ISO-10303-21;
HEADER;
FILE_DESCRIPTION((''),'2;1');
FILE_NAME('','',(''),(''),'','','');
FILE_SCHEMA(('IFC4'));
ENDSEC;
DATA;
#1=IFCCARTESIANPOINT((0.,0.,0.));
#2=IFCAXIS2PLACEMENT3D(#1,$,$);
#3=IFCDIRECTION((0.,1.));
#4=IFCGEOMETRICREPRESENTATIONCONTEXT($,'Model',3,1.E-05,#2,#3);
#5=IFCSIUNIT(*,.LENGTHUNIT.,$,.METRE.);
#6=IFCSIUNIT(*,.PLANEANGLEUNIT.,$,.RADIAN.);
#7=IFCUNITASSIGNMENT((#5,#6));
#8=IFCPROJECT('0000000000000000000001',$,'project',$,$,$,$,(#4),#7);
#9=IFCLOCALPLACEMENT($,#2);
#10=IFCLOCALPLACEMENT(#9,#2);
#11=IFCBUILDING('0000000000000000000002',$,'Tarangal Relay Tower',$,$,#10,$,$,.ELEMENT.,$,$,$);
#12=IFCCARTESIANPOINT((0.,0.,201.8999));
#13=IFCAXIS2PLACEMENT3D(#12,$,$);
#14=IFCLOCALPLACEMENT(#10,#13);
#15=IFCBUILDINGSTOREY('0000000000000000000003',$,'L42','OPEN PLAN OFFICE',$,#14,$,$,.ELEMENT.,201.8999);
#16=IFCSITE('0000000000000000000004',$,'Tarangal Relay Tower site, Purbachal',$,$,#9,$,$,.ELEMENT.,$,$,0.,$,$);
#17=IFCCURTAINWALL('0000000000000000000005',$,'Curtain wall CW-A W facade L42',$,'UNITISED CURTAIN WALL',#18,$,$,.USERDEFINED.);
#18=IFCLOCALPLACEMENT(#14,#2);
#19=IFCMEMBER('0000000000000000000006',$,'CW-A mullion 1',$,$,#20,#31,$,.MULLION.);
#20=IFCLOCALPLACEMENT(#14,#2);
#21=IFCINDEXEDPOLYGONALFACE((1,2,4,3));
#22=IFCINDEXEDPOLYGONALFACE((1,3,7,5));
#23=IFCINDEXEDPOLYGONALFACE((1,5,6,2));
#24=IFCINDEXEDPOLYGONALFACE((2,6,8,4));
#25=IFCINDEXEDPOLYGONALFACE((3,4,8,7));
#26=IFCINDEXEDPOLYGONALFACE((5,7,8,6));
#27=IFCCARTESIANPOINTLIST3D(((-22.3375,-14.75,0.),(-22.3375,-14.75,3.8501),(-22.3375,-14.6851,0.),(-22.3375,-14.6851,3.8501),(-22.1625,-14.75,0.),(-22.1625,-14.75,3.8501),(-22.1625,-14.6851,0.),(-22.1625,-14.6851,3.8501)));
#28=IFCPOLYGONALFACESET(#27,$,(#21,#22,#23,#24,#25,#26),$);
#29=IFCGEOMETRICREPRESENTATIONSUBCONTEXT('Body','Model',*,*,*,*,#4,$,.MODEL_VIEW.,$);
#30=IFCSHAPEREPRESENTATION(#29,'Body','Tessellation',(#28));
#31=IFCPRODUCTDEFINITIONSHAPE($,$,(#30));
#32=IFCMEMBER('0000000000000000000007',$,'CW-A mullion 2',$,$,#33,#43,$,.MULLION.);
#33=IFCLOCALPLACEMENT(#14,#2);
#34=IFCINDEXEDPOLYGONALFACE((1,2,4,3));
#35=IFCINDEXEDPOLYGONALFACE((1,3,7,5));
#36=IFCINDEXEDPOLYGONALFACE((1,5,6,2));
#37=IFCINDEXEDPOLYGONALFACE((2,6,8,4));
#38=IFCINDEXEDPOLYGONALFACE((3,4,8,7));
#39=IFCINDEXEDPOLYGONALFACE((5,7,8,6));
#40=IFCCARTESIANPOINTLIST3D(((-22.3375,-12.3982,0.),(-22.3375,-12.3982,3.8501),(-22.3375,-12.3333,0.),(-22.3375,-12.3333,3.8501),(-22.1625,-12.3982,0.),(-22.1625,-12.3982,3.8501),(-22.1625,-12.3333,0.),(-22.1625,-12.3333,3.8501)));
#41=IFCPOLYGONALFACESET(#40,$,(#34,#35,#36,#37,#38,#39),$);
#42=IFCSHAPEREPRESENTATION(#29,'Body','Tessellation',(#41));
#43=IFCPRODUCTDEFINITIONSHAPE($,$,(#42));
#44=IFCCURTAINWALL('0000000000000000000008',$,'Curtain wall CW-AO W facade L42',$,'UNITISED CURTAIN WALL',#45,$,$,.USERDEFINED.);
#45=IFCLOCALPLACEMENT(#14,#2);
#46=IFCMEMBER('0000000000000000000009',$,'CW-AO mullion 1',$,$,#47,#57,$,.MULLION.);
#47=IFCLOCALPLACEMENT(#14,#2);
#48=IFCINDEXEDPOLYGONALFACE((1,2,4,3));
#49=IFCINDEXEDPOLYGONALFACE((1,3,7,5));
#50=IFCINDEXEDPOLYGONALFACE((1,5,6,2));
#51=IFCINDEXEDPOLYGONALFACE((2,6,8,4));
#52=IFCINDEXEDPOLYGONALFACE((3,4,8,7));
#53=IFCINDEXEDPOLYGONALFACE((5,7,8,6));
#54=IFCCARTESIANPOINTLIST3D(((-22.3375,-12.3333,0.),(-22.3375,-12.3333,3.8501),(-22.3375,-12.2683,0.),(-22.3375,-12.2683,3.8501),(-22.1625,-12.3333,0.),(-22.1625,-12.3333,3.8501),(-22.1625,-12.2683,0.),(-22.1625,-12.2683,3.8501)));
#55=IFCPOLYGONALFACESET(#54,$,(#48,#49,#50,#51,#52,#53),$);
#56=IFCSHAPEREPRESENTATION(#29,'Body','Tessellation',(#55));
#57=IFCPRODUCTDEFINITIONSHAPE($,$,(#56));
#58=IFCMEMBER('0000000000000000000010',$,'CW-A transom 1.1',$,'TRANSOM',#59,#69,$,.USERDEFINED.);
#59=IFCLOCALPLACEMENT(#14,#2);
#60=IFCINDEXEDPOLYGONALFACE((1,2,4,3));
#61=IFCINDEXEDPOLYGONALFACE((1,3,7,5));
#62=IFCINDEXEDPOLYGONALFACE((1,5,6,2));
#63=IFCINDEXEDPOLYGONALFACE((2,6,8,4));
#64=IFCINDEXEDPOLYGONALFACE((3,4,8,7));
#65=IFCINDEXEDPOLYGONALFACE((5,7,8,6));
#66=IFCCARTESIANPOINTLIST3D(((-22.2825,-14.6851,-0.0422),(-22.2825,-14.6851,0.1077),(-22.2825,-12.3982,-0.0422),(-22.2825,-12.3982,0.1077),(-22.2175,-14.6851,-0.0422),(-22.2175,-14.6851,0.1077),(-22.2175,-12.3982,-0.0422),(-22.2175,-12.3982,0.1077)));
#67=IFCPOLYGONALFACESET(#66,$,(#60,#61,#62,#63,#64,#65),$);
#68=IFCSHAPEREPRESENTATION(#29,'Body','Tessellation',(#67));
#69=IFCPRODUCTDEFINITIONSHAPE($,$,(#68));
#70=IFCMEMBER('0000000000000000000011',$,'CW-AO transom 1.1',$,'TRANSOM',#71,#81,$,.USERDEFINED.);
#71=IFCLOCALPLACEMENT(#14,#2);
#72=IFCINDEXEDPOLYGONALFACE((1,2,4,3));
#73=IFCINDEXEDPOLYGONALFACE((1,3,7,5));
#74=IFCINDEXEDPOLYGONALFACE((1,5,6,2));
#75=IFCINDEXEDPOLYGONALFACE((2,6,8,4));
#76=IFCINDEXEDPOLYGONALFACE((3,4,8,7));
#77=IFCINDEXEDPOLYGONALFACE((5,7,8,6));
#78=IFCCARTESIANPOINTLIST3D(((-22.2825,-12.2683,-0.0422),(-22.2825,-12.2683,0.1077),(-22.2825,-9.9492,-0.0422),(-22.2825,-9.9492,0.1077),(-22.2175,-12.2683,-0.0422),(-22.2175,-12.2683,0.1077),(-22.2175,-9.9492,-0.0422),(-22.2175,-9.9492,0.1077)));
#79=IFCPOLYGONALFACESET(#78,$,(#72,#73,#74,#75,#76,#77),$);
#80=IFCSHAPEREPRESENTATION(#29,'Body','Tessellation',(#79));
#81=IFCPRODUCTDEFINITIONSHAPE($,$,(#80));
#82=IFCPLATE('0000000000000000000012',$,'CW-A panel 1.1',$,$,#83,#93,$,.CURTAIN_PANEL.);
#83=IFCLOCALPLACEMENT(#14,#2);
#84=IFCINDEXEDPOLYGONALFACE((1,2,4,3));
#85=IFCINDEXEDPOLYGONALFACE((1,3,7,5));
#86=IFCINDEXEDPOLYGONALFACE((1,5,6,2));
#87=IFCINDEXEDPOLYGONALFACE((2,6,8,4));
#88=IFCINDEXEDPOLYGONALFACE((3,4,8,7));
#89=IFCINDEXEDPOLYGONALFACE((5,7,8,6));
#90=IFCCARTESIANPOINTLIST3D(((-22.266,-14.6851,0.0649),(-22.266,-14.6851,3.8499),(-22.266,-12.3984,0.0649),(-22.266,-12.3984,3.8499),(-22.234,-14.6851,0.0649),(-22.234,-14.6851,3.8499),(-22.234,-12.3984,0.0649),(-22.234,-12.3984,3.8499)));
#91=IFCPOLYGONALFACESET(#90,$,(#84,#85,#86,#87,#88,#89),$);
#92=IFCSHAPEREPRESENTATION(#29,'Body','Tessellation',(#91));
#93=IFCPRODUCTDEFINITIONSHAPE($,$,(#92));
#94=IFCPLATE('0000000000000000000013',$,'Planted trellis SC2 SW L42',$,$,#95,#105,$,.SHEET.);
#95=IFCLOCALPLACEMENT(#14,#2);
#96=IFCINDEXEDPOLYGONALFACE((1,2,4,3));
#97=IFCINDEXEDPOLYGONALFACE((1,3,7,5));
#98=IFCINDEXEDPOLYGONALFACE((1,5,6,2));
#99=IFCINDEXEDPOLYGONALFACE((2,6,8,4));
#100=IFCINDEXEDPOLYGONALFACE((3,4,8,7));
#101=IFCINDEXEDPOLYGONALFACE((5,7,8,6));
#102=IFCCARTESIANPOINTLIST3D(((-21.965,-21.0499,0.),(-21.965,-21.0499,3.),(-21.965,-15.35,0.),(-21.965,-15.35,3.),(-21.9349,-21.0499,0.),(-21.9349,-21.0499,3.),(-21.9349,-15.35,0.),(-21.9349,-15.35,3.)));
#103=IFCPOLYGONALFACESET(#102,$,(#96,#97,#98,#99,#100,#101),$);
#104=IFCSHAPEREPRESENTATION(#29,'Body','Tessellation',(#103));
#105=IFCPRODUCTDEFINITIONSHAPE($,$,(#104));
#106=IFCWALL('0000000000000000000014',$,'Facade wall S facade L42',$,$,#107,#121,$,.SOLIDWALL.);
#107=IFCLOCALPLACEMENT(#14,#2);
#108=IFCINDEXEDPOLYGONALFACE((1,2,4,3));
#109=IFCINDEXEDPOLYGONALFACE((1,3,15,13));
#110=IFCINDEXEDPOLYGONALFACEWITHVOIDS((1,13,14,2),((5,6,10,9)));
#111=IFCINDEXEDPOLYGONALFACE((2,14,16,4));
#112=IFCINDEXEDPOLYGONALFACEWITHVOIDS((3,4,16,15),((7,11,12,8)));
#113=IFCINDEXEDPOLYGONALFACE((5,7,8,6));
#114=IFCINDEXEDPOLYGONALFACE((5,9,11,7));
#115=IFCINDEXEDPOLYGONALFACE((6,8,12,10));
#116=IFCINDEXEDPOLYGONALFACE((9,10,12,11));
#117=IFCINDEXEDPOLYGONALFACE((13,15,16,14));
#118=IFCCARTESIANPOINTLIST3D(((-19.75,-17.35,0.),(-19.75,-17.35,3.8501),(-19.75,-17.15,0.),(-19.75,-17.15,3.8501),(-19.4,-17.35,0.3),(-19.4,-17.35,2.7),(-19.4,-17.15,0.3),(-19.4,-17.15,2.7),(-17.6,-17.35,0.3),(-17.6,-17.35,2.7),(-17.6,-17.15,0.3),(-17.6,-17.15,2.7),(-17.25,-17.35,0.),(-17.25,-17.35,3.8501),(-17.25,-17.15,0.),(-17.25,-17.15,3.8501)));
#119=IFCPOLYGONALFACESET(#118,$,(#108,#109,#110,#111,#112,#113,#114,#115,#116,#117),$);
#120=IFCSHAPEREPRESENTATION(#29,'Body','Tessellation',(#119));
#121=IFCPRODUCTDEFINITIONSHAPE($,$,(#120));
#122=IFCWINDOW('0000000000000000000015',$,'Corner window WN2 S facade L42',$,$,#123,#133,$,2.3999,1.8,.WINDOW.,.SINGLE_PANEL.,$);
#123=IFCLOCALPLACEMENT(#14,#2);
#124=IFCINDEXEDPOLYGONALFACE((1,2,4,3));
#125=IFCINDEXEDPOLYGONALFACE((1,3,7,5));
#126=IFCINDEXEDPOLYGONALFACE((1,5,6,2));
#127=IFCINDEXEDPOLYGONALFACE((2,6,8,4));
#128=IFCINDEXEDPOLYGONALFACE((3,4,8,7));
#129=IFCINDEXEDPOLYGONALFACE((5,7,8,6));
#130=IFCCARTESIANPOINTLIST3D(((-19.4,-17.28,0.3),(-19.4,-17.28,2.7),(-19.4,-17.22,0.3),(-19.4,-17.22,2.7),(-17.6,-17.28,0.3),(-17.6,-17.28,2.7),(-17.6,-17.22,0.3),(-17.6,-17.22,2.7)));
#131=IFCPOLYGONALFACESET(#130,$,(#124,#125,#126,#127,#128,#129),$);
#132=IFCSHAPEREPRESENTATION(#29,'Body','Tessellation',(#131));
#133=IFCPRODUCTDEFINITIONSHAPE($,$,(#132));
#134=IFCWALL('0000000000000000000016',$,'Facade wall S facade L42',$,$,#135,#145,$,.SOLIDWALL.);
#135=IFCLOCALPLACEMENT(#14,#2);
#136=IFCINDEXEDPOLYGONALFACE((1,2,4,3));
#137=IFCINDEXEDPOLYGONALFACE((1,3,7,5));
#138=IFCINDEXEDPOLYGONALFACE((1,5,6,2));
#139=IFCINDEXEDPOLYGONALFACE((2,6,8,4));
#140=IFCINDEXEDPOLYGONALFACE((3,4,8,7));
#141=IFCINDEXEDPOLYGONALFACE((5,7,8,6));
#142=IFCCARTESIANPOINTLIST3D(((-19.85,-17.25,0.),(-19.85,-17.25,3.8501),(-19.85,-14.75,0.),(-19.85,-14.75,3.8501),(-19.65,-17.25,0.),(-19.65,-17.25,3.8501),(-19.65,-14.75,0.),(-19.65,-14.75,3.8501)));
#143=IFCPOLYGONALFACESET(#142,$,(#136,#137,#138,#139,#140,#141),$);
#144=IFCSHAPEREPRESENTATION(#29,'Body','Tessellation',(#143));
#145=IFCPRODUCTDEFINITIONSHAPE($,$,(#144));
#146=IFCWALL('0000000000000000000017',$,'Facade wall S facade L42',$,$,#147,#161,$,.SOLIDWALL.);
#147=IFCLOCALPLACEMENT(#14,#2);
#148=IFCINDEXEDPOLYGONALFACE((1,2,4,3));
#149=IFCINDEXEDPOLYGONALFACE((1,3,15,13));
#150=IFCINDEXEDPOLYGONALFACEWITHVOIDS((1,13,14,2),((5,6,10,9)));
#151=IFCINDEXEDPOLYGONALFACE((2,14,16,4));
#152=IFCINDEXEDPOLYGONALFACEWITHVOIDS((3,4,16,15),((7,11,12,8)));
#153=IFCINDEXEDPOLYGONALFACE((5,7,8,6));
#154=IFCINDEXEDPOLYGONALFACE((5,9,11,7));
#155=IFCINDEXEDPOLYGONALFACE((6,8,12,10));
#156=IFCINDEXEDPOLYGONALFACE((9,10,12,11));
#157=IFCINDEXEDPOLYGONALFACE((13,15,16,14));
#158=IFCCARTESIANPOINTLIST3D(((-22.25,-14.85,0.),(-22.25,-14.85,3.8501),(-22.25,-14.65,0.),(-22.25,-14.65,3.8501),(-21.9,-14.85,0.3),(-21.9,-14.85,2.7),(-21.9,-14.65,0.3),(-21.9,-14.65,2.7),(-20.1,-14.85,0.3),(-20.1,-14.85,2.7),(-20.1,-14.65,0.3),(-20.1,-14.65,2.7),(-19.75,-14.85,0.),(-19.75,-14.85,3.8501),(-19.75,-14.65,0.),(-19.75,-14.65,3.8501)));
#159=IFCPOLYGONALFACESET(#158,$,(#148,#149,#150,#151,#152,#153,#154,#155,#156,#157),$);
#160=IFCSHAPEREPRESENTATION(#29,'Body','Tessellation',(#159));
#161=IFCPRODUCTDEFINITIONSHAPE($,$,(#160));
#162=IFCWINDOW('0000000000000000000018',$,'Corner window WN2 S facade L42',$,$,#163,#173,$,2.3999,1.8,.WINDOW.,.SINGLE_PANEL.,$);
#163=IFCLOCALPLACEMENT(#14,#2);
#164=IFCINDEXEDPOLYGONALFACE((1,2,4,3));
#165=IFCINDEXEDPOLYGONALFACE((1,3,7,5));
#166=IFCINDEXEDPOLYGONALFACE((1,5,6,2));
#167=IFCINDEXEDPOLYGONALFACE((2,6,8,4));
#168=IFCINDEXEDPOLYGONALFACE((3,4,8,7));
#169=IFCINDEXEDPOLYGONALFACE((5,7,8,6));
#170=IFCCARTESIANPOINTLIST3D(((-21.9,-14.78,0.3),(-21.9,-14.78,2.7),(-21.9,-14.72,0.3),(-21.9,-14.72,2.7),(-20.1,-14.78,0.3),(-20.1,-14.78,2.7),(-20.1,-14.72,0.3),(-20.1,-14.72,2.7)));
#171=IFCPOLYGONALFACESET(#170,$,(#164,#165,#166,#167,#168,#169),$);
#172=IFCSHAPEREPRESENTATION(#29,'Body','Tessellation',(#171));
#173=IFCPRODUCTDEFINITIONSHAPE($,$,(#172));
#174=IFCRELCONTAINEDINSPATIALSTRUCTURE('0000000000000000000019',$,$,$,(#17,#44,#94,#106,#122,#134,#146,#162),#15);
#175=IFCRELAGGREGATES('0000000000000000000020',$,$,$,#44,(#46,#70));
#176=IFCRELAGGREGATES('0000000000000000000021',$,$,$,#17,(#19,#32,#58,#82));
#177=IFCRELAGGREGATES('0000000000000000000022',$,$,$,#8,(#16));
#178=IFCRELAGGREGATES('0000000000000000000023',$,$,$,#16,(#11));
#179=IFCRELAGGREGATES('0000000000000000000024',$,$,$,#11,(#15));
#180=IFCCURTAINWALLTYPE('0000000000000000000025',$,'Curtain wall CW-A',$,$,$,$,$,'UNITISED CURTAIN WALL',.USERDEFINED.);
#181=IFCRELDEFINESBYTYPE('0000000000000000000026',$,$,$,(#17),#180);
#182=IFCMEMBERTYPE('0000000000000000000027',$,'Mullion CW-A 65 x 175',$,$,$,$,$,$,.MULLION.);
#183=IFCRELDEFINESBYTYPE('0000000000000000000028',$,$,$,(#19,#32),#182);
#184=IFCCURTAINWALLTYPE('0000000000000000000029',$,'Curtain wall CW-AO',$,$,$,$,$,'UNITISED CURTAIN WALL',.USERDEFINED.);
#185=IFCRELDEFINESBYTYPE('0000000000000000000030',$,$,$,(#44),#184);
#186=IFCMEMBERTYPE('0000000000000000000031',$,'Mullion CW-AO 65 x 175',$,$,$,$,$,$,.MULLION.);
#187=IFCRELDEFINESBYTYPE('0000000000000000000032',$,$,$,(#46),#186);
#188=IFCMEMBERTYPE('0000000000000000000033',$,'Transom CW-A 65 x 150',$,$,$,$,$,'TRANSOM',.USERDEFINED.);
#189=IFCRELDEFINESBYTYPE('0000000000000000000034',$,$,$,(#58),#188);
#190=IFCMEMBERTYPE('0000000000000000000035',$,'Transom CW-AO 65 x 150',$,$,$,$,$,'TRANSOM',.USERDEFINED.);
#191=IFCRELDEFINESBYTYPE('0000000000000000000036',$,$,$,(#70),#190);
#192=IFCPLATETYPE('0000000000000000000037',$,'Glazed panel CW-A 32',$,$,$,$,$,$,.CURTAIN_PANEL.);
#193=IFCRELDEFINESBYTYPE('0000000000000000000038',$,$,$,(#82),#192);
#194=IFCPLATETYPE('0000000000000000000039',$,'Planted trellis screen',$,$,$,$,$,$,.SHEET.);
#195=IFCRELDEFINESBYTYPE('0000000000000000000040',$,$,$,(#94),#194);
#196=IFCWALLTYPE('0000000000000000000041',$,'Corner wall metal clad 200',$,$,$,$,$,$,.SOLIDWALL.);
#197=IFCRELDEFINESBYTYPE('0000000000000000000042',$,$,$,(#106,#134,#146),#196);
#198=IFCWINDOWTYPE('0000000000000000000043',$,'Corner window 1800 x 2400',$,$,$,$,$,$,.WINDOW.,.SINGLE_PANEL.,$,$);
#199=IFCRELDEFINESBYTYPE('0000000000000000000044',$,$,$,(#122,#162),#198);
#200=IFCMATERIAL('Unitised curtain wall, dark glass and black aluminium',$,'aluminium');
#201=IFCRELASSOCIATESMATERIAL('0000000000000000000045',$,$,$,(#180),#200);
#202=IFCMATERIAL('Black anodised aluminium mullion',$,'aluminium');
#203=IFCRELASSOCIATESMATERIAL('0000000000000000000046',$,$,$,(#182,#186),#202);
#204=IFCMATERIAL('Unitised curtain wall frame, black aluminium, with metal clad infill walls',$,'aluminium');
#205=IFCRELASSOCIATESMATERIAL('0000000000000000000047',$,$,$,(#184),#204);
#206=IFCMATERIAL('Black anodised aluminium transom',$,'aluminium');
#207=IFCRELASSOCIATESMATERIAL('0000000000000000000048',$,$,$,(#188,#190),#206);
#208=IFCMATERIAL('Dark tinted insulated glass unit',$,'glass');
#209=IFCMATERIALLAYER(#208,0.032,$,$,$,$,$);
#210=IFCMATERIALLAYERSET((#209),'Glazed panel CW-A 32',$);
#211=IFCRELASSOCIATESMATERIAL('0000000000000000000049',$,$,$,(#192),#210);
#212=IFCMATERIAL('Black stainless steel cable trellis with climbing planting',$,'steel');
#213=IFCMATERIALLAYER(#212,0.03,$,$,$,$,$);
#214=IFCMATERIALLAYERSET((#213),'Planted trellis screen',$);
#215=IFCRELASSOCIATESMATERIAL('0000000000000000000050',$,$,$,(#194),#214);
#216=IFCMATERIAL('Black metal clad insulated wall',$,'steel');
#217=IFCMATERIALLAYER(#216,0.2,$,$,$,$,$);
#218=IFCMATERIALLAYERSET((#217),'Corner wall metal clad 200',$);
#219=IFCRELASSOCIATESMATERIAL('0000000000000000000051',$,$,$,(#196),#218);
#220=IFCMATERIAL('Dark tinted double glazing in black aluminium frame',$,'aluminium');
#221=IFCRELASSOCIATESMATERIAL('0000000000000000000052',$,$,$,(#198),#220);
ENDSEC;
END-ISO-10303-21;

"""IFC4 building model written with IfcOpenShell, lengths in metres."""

from ifc_helpers import new_model, si_unit, direction, frame, frame_2d, origin, origin_2d, place, context, subcontext, project, spatial, rectangle, extrude, material, layer, layer_set, material_profile, profile_set, type_object, element, fill, aggregate, save


model = new_model("IFC4")

# Units and contexts
model_context = context("Model", 3, precision=1e-05, world=origin(), true_north=direction((0.0, 1.0)))
body_context = subcontext(model_context, "Body", "Model", "MODEL_VIEW")
ifc_project = project(units=[si_unit("LENGTHUNIT", "METRE"), si_unit("PLANEANGLEUNIT", "RADIAN")], contexts=[model_context])

# Site, building, storey
site_placement = place(None, origin())
site = spatial("IfcSite", under=ifc_project, at=site_placement, Name="Tarangal Relay Tower site, Purbachal", CompositionType="ELEMENT", RefElevation=0.0)
building_placement = place(site_placement, origin())
building = spatial("IfcBuilding", under=site, at=building_placement, Name="Tarangal Relay Tower", CompositionType="ELEMENT")
storey_placement = place(building_placement, frame((0.0, 0.0, 201.8999)))
storey = spatial("IfcBuildingStorey", under=building, at=storey_placement, Name="L42", Description="OPEN PLAN OFFICE", CompositionType="ELEMENT", Elevation=201.8999)

# Curtain wall, members
ifc_material_1 = material(Name="Unitised curtain wall, dark glass and black aluminium", Category="aluminium")
curtain_wall_type_1 = type_object("IfcCurtainWallType", Name="Curtain wall CW-A", ElementType="UNITISED CURTAIN WALL", PredefinedType="USERDEFINED", material=ifc_material_1)
curtain_wall_1_placement = place(storey_placement, origin())
curtain_wall_1 = element("IfcCurtainWall", 1, at=curtain_wall_1_placement, inside=storey, type_object=curtain_wall_type_1, Name="Curtain wall CW-A W facade L42", ObjectType="UNITISED CURTAIN WALL", PredefinedType="USERDEFINED")
ifc_material_2 = material(Name="Black anodised aluminium mullion", Category="aluminium")
ifc_material_profile_1 = material_profile(ifc_material_2, rectangle(XDim=0.175, YDim=0.0649, at=origin_2d()), Name="CW-AM 65X175")
ifc_profile_set_1 = profile_set([ifc_material_profile_1], Name="Black anodised aluminium mullion")
member_type_1 = type_object("IfcMemberType", Name="Mullion CW-A 65 x 175", PredefinedType="MULLION", material=ifc_profile_set_1)
member_1_placement = place(storey_placement, frame((-22.25, -14.7175, 0.0), z_axis=(0.0, 0.0, 1.0), x_axis=(-1.0, 0.0, 0.0)))
member_1 = element("IfcMember", 2, at=member_1_placement, type_object=member_type_1, Name="CW-A mullion 1", PredefinedType="MULLION", context=body_context, shape_type="SweptSolid", body=[
    extrude(rectangle(XDim=0.175, YDim=0.0649, at=origin_2d()), origin(), (0.0, 0.0, 1.0), 3.8501),
])
member_2_placement = place(storey_placement, frame((-22.25, -12.3657, 0.0), z_axis=(0.0, 0.0, 1.0), x_axis=(-1.0, 0.0, 0.0)))
member_2 = element("IfcMember", 3, at=member_2_placement, type_object=member_type_1, Name="CW-A mullion 2", PredefinedType="MULLION", context=body_context, shape_type="SweptSolid", body=[
    extrude(rectangle(XDim=0.175, YDim=0.0649, at=origin_2d()), origin(), (0.0, 0.0, 1.0), 3.8501),
])

# Curtain wall, member
ifc_material_3 = material(Name="Unitised curtain wall frame, black aluminium, with metal clad infill walls", Category="aluminium")
curtain_wall_type_2 = type_object("IfcCurtainWallType", Name="Curtain wall CW-AO", ElementType="UNITISED CURTAIN WALL", PredefinedType="USERDEFINED", material=ifc_material_3)
curtain_wall_2_placement = place(storey_placement, origin())
curtain_wall_2 = element("IfcCurtainWall", 4, at=curtain_wall_2_placement, inside=storey, type_object=curtain_wall_type_2, Name="Curtain wall CW-AO W facade L42", ObjectType="UNITISED CURTAIN WALL", PredefinedType="USERDEFINED")
ifc_material_profile_2 = material_profile(ifc_material_2, rectangle(XDim=0.175, YDim=0.0649, at=origin_2d()), Name="CW-AOM 65X175")
ifc_profile_set_2 = profile_set([ifc_material_profile_2], Name="Black anodised aluminium mullion")
member_type_2 = type_object("IfcMemberType", Name="Mullion CW-AO 65 x 175", PredefinedType="MULLION", material=ifc_profile_set_2)
member_3_placement = place(storey_placement, frame((-22.25, -12.3008, 0.0), z_axis=(0.0, 0.0, 1.0), x_axis=(-1.0, 0.0, 0.0)))
member_3 = element("IfcMember", 5, at=member_3_placement, type_object=member_type_2, Name="CW-AO mullion 1", PredefinedType="MULLION", context=body_context, shape_type="SweptSolid", body=[
    extrude(rectangle(XDim=0.175, YDim=0.0649, at=origin_2d()), origin(), (0.0, 0.0, 1.0), 3.8501),
])

# Members
ifc_material_4 = material(Name="Black anodised aluminium transom", Category="aluminium")
ifc_material_profile_3 = material_profile(ifc_material_4, rectangle(XDim=0.0649, YDim=0.1499, at=origin_2d()), Name="CW-AT 65X150")
ifc_profile_set_3 = profile_set([ifc_material_profile_3], Name="Black anodised aluminium transom")
member_type_3 = type_object("IfcMemberType", Name="Transom CW-A 65 x 150", ElementType="TRANSOM", PredefinedType="USERDEFINED", material=ifc_profile_set_3)
member_4_placement = place(storey_placement, frame((-22.25, -14.6851, 0.0327), z_axis=(0.0, 1.0, 0.0), x_axis=(-1.0, 0.0, 0.0)))
member_4 = element("IfcMember", 6, at=member_4_placement, type_object=member_type_3, Name="CW-A transom 1.1", ObjectType="TRANSOM", PredefinedType="USERDEFINED", context=body_context, shape_type="SweptSolid", body=[
    extrude(rectangle(XDim=0.0649, YDim=0.1499, at=origin_2d()), origin(), (0.0, 0.0, 1.0), 2.2869),
])
ifc_material_profile_4 = material_profile(ifc_material_4, rectangle(XDim=0.0649, YDim=0.1499, at=origin_2d()), Name="CW-AOT 65X150")
ifc_profile_set_4 = profile_set([ifc_material_profile_4], Name="Black anodised aluminium transom")
member_type_4 = type_object("IfcMemberType", Name="Transom CW-AO 65 x 150", ElementType="TRANSOM", PredefinedType="USERDEFINED", material=ifc_profile_set_4)
member_5_placement = place(storey_placement, frame((-22.25, -12.2683, 0.0327), z_axis=(0.0, 1.0, 0.0), x_axis=(-1.0, 0.0, 0.0)))
member_5 = element("IfcMember", 7, at=member_5_placement, type_object=member_type_4, Name="CW-AO transom 1.1", ObjectType="TRANSOM", PredefinedType="USERDEFINED", context=body_context, shape_type="SweptSolid", body=[
    extrude(rectangle(XDim=0.0649, YDim=0.1499, at=origin_2d()), origin(), (0.0, 0.0, 1.0), 2.3191),
])
aggregate(curtain_wall_2, [member_3, member_5])

# Plates
ifc_material_5 = material(Name="Dark tinted insulated glass unit", Category="glass")
ifc_layer_1 = layer(ifc_material_5, 0.032)
ifc_layer_set_1 = layer_set([ifc_layer_1], Name="Glazed panel CW-A 32")
plate_type_1 = type_object("IfcPlateType", Name="Glazed panel CW-A 32", PredefinedType="CURTAIN_PANEL", material=ifc_layer_set_1)
plate_1_placement = place(storey_placement, frame((-22.25, -13.5417, 0.0649), z_axis=(0.0, 0.0, 1.0), x_axis=(0.0, 1.0, 0.0)))
plate_1 = element("IfcPlate", 8, at=plate_1_placement, type_object=plate_type_1, Name="CW-A panel 1.1", PredefinedType="CURTAIN_PANEL", context=body_context, shape_type="SweptSolid", body=[
    extrude(rectangle(XDim=2.2866, YDim=0.032, at=origin_2d()), origin(), (0.0, 0.0, 1.0), 3.7849),
])
aggregate(curtain_wall_1, [member_1, member_2, member_4, plate_1])
ifc_material_6 = material(Name="Black stainless steel cable trellis with climbing planting", Category="steel")
ifc_layer_2 = layer(ifc_material_6, 0.03)
ifc_layer_set_2 = layer_set([ifc_layer_2], Name="Planted trellis screen")
plate_type_2 = type_object("IfcPlateType", Name="Planted trellis screen", PredefinedType="SHEET", material=ifc_layer_set_2)
plate_2_placement = place(storey_placement, frame((-21.95, -18.2, 0.0), z_axis=(0.0, 0.0, 1.0), x_axis=(0.0, 1.0, 0.0)))
element("IfcPlate", 9, at=plate_2_placement, inside=storey, type_object=plate_type_2, Name="Planted trellis SC2 SW L42", PredefinedType="SHEET", context=body_context, shape_type="SweptSolid", body=[
    extrude(rectangle(XDim=5.7, YDim=0.03, at=origin_2d()), origin(), (0.0, 0.0, 1.0), 3.0),
])

# Wall, opening, window
ifc_material_7 = material(Name="Black metal clad insulated wall", Category="steel")
ifc_layer_3 = layer(ifc_material_7, 0.2)
ifc_layer_set_3 = layer_set([ifc_layer_3], Name="Corner wall metal clad 200")
wall_type_1 = type_object("IfcWallType", Name="Corner wall metal clad 200", PredefinedType="SOLIDWALL", material=ifc_layer_set_3)
wall_1_placement = place(storey_placement, frame((-17.25, -17.25, 0.0), z_axis=(0.0, 0.0, 1.0), x_axis=(-1.0, 0.0, 0.0)))
wall_1 = element("IfcWall", 10, at=wall_1_placement, inside=storey, type_object=wall_type_1, Name="Facade wall S facade L42", PredefinedType="SOLIDWALL", context=body_context, shape_type="SweptSolid", body=[
    extrude(rectangle(XDim=2.5, YDim=0.2, at=frame_2d((1.25, 0.0))), origin(), (0.0, 0.0, 1.0), 3.8501),
])
opening_1_placement = place(wall_1_placement, frame((0.3501, 0.0, 0.3)))
opening_1 = element("IfcOpeningElement", 11, at=opening_1_placement, cuts=wall_1, PredefinedType="OPENING", context=body_context, shape_type="SweptSolid", body=[
    extrude(rectangle(XDim=1.8, YDim=2.3999, at=frame_2d((0.8999, 1.2))), frame((0.0, 0.1099, 0.0), z_axis=(0.0, -1.0, 0.0), x_axis=(1.0, 0.0, 0.0)), (0.0, 0.0, 1.0), 0.22),
])
ifc_material_8 = material(Name="Dark tinted double glazing in black aluminium frame", Category="aluminium")
window_type = type_object("IfcWindowType", Name="Corner window 1800 x 2400", PartitioningType="SINGLE_PANEL", PredefinedType="WINDOW", material=ifc_material_8)
window_1_placement = place(opening_1_placement, origin())
window_1 = element("IfcWindow", 12, at=window_1_placement, inside=storey, type_object=window_type, Name="Corner window WN2 S facade L42", OverallHeight=2.3999, OverallWidth=1.8, PartitioningType="SINGLE_PANEL", PredefinedType="WINDOW", context=body_context, shape_type="SweptSolid", body=[
    extrude(rectangle(XDim=1.8, YDim=2.3999, at=frame_2d((0.8999, 1.2))), frame((0.0, 0.03, 0.0), z_axis=(0.0, -1.0, 0.0), x_axis=(1.0, 0.0, 0.0)), (0.0, 0.0, 1.0), 0.0601),
])
fill(opening_1, window_1)

# Wall
wall_2_placement = place(storey_placement, frame((-19.75, -17.25, 0.0), z_axis=(0.0, 0.0, 1.0), x_axis=(0.0, 1.0, 0.0)))
element("IfcWall", 13, at=wall_2_placement, inside=storey, type_object=wall_type_1, Name="Facade wall S facade L42", PredefinedType="SOLIDWALL", context=body_context, shape_type="SweptSolid", body=[
    extrude(rectangle(XDim=2.5, YDim=0.2, at=frame_2d((1.25, 0.0))), origin(), (0.0, 0.0, 1.0), 3.8501),
])

# Wall, opening, window
wall_3_placement = place(storey_placement, frame((-19.75, -14.75, 0.0), z_axis=(0.0, 0.0, 1.0), x_axis=(-1.0, 0.0, 0.0)))
wall_3 = element("IfcWall", 14, at=wall_3_placement, inside=storey, type_object=wall_type_1, Name="Facade wall S facade L42", PredefinedType="SOLIDWALL", context=body_context, shape_type="SweptSolid", body=[
    extrude(rectangle(XDim=2.5, YDim=0.2, at=frame_2d((1.25, 0.0))), origin(), (0.0, 0.0, 1.0), 3.8501),
])
opening_2_placement = place(wall_3_placement, frame((0.3501, 0.0, 0.3)))
opening_2 = element("IfcOpeningElement", 15, at=opening_2_placement, cuts=wall_3, PredefinedType="OPENING", context=body_context, shape_type="SweptSolid", body=[
    extrude(rectangle(XDim=1.8, YDim=2.3999, at=frame_2d((0.8999, 1.2))), frame((0.0, 0.1099, 0.0), z_axis=(0.0, -1.0, 0.0), x_axis=(1.0, 0.0, 0.0)), (0.0, 0.0, 1.0), 0.22),
])
window_2_placement = place(opening_2_placement, origin())
window_2 = element("IfcWindow", 16, at=window_2_placement, inside=storey, type_object=window_type, Name="Corner window WN2 S facade L42", OverallHeight=2.3999, OverallWidth=1.8, PartitioningType="SINGLE_PANEL", PredefinedType="WINDOW", context=body_context, shape_type="SweptSolid", body=[
    extrude(rectangle(XDim=1.8, YDim=2.3999, at=frame_2d((0.8999, 1.2))), frame((0.0, 0.03, 0.0), z_axis=(0.0, -1.0, 0.0), x_axis=(1.0, 0.0, 0.0)), (0.0, 0.0, 1.0), 0.0601),
])
fill(opening_2, window_2)

save(model, "model.ifc")
